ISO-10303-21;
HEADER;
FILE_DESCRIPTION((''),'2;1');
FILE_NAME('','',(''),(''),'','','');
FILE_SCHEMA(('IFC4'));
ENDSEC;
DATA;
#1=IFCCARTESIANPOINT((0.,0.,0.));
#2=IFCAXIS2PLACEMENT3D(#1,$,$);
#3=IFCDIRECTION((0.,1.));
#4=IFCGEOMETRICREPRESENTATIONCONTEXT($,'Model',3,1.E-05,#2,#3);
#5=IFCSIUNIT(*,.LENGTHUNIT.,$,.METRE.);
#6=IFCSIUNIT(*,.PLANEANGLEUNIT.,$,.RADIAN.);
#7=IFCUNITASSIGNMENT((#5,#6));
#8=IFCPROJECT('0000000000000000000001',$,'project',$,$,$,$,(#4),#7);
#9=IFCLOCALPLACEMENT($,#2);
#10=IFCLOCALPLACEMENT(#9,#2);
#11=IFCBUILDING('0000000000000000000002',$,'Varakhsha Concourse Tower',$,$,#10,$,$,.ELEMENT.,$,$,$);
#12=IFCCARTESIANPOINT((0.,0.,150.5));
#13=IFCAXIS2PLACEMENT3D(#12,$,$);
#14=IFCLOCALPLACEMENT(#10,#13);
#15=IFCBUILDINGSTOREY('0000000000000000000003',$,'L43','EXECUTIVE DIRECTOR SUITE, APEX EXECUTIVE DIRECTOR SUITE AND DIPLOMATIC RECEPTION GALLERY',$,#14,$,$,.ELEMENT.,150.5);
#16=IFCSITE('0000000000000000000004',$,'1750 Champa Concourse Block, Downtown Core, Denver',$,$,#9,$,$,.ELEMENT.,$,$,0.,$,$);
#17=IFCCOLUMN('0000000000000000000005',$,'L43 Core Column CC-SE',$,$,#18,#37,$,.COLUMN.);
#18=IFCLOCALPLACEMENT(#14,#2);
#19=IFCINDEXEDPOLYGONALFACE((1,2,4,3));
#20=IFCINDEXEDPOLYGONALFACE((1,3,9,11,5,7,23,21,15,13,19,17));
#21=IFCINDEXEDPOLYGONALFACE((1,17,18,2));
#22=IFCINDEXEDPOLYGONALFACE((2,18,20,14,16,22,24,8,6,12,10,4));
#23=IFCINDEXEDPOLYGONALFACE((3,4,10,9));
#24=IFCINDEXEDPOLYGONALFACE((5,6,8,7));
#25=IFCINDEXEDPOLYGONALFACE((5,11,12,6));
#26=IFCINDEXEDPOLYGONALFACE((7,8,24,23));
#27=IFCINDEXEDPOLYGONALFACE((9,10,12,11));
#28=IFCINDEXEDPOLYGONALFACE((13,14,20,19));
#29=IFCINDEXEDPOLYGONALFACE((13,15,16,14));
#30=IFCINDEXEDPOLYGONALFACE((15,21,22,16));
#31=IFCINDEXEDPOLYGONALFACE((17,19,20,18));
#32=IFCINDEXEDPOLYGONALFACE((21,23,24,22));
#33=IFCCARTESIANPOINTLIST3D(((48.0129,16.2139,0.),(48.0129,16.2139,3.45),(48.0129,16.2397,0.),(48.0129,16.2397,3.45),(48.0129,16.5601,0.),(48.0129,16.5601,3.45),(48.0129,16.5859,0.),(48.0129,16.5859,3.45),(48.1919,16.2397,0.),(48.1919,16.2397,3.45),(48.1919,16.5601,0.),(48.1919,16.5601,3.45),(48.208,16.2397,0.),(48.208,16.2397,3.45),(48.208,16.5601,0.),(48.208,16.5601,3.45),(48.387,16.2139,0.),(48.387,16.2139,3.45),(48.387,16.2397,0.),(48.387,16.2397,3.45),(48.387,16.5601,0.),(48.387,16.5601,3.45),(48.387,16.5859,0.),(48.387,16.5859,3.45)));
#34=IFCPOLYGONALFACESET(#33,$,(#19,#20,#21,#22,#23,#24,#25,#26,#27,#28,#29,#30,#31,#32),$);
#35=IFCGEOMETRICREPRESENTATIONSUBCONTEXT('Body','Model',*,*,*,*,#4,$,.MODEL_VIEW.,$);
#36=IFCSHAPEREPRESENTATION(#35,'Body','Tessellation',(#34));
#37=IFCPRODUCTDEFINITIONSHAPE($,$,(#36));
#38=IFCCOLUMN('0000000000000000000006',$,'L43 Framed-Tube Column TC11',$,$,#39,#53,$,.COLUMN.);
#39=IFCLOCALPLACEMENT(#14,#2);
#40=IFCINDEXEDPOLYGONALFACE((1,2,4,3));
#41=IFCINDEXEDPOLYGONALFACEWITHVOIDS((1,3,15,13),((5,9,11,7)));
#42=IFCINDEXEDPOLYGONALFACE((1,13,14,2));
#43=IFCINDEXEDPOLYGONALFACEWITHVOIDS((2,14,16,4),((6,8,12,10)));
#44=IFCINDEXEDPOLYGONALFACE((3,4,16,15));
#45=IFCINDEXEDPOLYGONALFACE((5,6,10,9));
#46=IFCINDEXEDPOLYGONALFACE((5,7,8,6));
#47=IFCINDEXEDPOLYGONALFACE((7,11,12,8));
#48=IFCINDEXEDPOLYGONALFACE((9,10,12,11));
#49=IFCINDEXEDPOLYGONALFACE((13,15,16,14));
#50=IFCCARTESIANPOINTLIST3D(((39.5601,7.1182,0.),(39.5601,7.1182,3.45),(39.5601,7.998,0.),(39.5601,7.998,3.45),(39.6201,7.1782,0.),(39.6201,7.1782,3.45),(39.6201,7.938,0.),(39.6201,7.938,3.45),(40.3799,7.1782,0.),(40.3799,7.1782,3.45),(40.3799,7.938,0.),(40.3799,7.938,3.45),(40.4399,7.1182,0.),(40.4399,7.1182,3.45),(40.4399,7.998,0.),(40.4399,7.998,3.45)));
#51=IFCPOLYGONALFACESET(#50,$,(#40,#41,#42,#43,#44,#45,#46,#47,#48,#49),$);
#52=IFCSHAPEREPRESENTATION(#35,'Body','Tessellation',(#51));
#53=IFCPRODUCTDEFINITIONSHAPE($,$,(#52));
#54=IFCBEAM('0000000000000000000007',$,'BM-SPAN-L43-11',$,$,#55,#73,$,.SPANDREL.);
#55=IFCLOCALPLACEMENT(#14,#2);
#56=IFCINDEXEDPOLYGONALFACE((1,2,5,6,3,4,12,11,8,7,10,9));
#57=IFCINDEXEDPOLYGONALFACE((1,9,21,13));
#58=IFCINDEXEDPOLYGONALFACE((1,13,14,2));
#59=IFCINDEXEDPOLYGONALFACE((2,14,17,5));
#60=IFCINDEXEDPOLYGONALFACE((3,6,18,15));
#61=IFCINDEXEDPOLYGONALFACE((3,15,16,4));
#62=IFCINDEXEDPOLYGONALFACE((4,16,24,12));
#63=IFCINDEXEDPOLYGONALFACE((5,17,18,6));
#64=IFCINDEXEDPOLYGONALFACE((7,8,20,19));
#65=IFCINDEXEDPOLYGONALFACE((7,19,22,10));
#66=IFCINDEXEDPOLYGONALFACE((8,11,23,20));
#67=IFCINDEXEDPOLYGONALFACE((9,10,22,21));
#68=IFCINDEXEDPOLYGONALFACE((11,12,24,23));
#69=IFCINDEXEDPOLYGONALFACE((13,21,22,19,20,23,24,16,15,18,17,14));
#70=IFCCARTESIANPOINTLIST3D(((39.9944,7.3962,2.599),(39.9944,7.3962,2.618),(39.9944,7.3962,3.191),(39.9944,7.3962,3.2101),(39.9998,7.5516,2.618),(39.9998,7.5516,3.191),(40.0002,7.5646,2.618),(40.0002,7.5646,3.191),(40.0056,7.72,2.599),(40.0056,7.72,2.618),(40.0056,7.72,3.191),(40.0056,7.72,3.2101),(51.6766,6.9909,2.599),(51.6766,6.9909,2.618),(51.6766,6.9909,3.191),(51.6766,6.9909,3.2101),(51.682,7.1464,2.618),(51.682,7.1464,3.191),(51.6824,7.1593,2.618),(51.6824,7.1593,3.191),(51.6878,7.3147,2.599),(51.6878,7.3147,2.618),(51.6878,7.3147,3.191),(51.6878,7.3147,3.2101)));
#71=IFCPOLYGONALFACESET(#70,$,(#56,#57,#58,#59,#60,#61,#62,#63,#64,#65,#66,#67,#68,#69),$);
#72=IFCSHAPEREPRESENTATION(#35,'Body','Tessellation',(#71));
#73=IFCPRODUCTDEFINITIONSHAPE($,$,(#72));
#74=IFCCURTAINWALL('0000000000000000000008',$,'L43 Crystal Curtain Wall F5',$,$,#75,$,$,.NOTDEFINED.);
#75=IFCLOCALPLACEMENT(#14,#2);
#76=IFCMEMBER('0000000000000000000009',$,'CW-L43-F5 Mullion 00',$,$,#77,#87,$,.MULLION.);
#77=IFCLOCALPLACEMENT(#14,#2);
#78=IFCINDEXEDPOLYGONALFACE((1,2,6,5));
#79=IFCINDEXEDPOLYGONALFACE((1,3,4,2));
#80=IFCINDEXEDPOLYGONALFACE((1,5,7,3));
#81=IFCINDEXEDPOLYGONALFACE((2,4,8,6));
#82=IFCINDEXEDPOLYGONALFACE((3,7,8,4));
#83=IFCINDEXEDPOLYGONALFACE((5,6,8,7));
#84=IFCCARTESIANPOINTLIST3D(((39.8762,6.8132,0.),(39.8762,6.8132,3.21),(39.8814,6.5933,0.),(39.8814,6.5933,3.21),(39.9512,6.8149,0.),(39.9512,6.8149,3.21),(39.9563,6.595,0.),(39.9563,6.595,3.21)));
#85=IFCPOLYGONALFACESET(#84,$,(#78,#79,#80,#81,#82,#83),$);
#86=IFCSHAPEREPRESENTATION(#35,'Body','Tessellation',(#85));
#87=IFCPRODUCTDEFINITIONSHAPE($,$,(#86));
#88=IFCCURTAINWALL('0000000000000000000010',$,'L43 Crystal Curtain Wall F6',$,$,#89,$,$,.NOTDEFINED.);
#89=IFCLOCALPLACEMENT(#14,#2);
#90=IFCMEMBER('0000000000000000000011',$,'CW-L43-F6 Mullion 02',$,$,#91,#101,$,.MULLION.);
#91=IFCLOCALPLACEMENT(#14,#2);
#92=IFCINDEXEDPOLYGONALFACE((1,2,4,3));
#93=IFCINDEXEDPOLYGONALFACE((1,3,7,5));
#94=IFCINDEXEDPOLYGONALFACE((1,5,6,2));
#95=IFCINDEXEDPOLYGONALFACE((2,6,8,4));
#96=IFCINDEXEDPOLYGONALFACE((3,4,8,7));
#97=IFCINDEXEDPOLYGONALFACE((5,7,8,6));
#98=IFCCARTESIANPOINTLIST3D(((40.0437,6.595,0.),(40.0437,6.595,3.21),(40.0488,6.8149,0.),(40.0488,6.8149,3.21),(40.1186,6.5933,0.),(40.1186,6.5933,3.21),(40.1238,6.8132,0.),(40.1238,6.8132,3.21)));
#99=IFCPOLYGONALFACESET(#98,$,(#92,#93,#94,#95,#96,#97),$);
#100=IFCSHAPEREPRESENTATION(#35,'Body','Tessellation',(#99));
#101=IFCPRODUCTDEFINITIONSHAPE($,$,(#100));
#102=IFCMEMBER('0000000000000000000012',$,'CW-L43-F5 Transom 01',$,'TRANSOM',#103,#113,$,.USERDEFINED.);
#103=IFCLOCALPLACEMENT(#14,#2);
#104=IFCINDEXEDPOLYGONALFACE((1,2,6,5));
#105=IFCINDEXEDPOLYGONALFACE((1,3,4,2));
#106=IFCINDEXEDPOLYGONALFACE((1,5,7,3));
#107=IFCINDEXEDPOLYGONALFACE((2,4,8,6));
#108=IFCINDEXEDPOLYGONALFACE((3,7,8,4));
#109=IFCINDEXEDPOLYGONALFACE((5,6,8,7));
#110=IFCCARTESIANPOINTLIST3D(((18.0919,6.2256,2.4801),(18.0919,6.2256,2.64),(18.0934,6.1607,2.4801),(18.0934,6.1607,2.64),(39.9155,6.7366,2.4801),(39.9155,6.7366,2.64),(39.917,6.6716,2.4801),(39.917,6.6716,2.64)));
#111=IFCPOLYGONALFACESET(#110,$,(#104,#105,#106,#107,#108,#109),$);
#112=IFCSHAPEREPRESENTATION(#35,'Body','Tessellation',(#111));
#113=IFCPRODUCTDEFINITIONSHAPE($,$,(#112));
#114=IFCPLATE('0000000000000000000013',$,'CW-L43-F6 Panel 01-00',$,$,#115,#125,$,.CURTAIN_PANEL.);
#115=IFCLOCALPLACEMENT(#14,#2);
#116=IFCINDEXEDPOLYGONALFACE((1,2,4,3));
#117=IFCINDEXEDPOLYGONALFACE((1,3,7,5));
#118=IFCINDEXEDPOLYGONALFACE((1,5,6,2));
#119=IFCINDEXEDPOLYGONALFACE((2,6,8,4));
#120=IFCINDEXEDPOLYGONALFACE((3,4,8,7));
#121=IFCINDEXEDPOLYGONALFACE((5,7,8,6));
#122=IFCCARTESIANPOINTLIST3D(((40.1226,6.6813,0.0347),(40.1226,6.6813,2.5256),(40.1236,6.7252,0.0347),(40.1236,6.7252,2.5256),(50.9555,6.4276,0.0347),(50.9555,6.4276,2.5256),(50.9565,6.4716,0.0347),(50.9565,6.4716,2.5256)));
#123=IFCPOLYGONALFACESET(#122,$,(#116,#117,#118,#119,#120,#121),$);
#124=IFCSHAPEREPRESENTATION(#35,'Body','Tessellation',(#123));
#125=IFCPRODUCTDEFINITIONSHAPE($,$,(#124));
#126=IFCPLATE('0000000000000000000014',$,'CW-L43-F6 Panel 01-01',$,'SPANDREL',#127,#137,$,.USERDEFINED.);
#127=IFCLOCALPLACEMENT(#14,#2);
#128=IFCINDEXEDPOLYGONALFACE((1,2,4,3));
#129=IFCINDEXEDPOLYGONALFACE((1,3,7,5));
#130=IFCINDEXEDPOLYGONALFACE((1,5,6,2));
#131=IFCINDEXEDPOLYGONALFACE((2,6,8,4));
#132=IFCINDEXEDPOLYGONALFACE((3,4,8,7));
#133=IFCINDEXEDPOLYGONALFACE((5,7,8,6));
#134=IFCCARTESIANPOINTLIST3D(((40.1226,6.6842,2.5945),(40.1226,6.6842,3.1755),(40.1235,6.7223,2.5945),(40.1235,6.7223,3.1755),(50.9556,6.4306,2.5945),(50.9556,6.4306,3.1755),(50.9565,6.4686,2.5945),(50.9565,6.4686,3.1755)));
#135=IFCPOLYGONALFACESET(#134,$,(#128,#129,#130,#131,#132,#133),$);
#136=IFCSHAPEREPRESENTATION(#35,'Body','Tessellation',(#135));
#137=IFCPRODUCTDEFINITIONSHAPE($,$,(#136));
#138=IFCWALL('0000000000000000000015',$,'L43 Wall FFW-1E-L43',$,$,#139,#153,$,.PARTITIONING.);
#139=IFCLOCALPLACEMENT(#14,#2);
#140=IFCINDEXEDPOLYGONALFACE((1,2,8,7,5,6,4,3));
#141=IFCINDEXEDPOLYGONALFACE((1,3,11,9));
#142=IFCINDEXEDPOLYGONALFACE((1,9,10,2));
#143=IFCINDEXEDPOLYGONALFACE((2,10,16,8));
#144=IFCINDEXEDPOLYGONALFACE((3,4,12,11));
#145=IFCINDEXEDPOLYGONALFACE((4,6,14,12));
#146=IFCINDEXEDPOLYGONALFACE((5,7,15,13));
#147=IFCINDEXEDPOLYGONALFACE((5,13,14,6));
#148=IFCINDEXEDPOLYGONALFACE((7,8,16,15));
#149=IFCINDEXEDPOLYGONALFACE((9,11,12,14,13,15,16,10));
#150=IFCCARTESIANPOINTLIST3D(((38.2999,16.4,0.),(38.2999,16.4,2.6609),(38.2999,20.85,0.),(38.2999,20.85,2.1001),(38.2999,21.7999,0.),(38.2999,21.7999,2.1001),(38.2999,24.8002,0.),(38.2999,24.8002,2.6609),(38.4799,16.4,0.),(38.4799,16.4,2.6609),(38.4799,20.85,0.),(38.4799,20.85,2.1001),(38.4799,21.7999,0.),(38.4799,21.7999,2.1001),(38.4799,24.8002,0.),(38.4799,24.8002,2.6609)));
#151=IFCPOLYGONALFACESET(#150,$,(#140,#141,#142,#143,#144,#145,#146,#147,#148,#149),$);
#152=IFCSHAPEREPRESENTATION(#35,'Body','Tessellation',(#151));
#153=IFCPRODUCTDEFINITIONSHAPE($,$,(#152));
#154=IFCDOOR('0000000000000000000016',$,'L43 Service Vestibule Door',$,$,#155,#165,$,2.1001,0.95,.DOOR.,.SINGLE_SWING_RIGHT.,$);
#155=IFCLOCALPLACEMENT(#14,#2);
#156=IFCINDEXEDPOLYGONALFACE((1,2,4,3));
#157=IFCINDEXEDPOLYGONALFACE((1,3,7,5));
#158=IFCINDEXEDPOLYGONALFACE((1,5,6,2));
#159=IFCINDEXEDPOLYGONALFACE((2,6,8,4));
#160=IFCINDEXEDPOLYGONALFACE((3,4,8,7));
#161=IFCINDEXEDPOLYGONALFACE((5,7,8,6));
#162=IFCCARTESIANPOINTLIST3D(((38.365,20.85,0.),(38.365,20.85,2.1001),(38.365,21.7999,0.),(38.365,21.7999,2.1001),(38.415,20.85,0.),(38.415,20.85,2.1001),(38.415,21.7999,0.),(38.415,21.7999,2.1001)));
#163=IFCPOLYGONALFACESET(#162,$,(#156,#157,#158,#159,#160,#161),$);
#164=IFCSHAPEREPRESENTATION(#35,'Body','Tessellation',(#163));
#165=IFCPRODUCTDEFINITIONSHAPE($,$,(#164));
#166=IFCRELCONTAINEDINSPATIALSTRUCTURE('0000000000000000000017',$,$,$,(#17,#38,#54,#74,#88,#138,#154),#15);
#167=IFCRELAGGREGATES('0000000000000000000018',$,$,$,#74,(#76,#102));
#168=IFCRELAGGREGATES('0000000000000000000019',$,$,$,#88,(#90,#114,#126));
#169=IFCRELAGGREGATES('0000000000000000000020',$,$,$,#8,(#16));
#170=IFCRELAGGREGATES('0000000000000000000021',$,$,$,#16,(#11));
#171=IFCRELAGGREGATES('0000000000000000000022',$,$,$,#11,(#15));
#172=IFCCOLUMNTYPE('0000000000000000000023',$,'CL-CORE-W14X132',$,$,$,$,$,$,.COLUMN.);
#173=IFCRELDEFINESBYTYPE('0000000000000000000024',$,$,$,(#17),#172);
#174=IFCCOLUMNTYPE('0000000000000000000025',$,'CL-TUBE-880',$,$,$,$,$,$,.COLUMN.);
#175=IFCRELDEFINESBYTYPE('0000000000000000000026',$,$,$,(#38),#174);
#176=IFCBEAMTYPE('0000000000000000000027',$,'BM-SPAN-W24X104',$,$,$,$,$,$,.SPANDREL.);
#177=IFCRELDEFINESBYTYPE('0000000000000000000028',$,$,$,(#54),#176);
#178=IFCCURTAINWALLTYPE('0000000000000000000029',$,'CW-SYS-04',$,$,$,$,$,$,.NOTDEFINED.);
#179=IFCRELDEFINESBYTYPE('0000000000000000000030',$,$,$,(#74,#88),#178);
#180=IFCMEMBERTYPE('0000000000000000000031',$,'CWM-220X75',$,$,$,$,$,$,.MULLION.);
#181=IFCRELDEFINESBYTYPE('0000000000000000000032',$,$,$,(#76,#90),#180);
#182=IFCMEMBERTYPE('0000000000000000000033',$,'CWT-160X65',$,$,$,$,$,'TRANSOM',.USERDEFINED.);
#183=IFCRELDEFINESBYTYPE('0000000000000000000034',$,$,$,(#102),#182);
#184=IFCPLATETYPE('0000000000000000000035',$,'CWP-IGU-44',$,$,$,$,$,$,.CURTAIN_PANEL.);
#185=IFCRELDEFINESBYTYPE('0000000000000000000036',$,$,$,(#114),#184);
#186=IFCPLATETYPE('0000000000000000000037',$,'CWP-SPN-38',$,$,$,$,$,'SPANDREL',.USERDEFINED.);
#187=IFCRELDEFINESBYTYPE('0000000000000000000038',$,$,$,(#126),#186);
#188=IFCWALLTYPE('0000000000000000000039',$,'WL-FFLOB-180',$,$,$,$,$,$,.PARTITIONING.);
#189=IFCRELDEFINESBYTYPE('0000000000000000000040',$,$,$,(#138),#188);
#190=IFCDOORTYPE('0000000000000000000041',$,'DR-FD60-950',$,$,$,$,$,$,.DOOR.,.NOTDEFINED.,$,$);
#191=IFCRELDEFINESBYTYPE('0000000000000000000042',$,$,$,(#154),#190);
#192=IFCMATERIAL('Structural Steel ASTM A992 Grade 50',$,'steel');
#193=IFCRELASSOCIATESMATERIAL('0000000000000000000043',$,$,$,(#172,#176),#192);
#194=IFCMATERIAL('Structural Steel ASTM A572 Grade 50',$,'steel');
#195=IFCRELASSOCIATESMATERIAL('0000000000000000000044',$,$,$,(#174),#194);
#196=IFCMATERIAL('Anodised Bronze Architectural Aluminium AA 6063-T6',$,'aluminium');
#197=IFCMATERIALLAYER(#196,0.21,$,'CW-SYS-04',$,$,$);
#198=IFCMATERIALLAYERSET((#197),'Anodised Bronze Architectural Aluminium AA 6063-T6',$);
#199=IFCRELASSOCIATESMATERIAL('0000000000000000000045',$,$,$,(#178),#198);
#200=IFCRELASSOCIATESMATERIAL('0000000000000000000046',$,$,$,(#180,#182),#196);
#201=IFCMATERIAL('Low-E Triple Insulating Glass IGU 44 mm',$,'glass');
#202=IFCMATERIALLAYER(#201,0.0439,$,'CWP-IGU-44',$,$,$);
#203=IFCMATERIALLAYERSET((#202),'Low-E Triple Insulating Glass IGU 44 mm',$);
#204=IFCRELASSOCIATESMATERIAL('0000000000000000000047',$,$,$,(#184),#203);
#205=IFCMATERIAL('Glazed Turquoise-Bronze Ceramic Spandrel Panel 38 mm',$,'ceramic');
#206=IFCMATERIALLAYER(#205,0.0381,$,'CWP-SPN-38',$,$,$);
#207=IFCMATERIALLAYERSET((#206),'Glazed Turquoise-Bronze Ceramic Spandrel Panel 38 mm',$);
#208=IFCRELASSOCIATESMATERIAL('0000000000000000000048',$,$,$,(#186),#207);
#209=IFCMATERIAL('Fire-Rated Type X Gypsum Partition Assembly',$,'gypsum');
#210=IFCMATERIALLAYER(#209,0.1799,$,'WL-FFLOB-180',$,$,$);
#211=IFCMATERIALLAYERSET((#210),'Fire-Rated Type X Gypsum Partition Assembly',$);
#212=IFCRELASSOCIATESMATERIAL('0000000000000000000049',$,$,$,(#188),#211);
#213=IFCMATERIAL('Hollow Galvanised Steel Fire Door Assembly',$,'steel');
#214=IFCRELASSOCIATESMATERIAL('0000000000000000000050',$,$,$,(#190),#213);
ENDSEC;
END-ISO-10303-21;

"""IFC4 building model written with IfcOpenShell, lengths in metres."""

from ifc_helpers import new_model, si_unit, direction, frame, frame_2d, origin, origin_2d, place, context, subcontext, project, spatial, rectangle, hollow_rectangle, i_section, extrude, source, transform, mapped, material, layer, layer_set, material_profile, profile_set, type_object, type_shapes, element, fill, aggregate, save


model = new_model("IFC4")

# Units and contexts
model_context = context("Model", 3, precision=1e-05, world=origin(), true_north=direction((0.0, 1.0)))
body_context = subcontext(model_context, "Body", "Model", "MODEL_VIEW")
ifc_project = project(units=[si_unit("LENGTHUNIT", "METRE"), si_unit("PLANEANGLEUNIT", "RADIAN")], contexts=[model_context])

# Site, building, storey
site_placement = place(None, origin())
site = spatial("IfcSite", under=ifc_project, at=site_placement, Name="1750 Champa Concourse Block, Downtown Core, Denver", CompositionType="ELEMENT", RefElevation=0.0)
building_placement = place(site_placement, origin())
building = spatial("IfcBuilding", under=site, at=building_placement, Name="Varakhsha Concourse Tower", CompositionType="ELEMENT")
storey_placement = place(building_placement, frame((0.0, 0.0, 150.5)))
storey = spatial("IfcBuildingStorey", under=building, at=storey_placement, Name="L43", Description="EXECUTIVE DIRECTOR SUITE, APEX EXECUTIVE DIRECTOR SUITE AND DIPLOMATIC RECEPTION GALLERY", CompositionType="ELEMENT", Elevation=150.5)

# Columns
ifc_material_1 = material(Name="Structural Steel ASTM A992 Grade 50", Category="steel")
ifc_material_profile_1 = material_profile(ifc_material_1, i_section(OverallWidth=0.374, OverallDepth=0.3721, WebThickness=0.0161, FlangeThickness=0.0259, at=origin_2d()), Name="W14X132")
ifc_profile_set_1 = profile_set([ifc_material_profile_1], Name="Structural Steel ASTM A992 Grade 50")
column_type_1 = type_object("IfcColumnType", Name="CL-CORE-W14X132", PredefinedType="COLUMN", material=ifc_profile_set_1)
column_1_placement = place(storey_placement, frame((48.2, 16.3999, 0.0), z_axis=(0.0, 0.0, 1.0), x_axis=(1.0, 0.0, 0.0)))
element("IfcColumn", 1, at=column_1_placement, inside=storey, type_object=column_type_1, Name="L43 Core Column CC-SE", PredefinedType="COLUMN", context=body_context, shape_type="SweptSolid", body=[
    extrude(i_section(OverallWidth=0.374, OverallDepth=0.3721, WebThickness=0.0161, FlangeThickness=0.0259, at=origin_2d()), origin(), (0.0, 0.0, 1.0), 3.45),
])
ifc_material_2 = material(Name="Structural Steel ASTM A572 Grade 50", Category="steel")
ifc_material_profile_2 = material_profile(ifc_material_2, hollow_rectangle(XDim=0.8799, YDim=0.8799, WallThickness=0.0601, at=origin_2d()), Name="BOX 880x880x60")
ifc_profile_set_2 = profile_set([ifc_material_profile_2], Name="Structural Steel ASTM A572 Grade 50")
column_type_2 = type_object("IfcColumnType", Name="CL-TUBE-880", PredefinedType="COLUMN", material=ifc_profile_set_2)
column_2_placement = place(storey_placement, frame((40.0, 7.5581, 0.0), z_axis=(0.0, 0.0, 1.0), x_axis=(1.0, 0.0, 0.0)))
element("IfcColumn", 2, at=column_2_placement, inside=storey, type_object=column_type_2, Name="L43 Framed-Tube Column TC11", PredefinedType="COLUMN", context=body_context, shape_type="SweptSolid", body=[
    extrude(hollow_rectangle(XDim=0.8799, YDim=0.8799, WallThickness=0.0601, at=origin_2d()), origin(), (0.0, 0.0, 1.0), 3.45),
])

# Beam
ifc_material_profile_3 = material_profile(ifc_material_1, i_section(OverallWidth=0.324, OverallDepth=0.6111, WebThickness=0.0129, FlangeThickness=0.019, at=origin_2d()), Name="W24X104")
ifc_profile_set_3 = profile_set([ifc_material_profile_3], Name="Structural Steel ASTM A992 Grade 50")
beam_type = type_object("IfcBeamType", Name="BM-SPAN-W24X104", PredefinedType="SPANDREL", material=ifc_profile_set_3)
beam_placement = place(storey_placement, frame((40.0, 7.5581, 2.9045), z_axis=(0.999399, -0.034671, 0.0), x_axis=(0.034671, 0.999399, 0.0)))
element("IfcBeam", 3, at=beam_placement, inside=storey, type_object=beam_type, Name="BM-SPAN-L43-11", PredefinedType="SPANDREL", context=body_context, shape_type="SweptSolid", body=[
    extrude(i_section(OverallWidth=0.324, OverallDepth=0.6111, WebThickness=0.0129, FlangeThickness=0.019, at=origin_2d()), origin(), (0.0, 0.0, 1.0), 11.6892),
])

# Curtain walls, members
ifc_material_3 = material(Name="Anodised Bronze Architectural Aluminium AA 6063-T6", Category="aluminium")
ifc_layer_1 = layer(ifc_material_3, 0.21, Name="CW-SYS-04")
ifc_layer_set_1 = layer_set([ifc_layer_1], Name="Anodised Bronze Architectural Aluminium AA 6063-T6")
curtain_wall_type = type_object("IfcCurtainWallType", Name="CW-SYS-04", PredefinedType="NOTDEFINED", material=ifc_layer_set_1)
curtain_wall_1_placement = place(storey_placement, origin())
curtain_wall_1 = element("IfcCurtainWall", 4, at=curtain_wall_1_placement, inside=storey, type_object=curtain_wall_type, Name="L43 Crystal Curtain Wall F5", PredefinedType="NOTDEFINED")
ifc_material_profile_4 = material_profile(ifc_material_3, rectangle(XDim=0.075, YDim=0.22, at=origin_2d()), Name="CWM-220X75")
ifc_profile_set_4 = profile_set([ifc_material_profile_4], Name="Anodised Bronze Architectural Aluminium AA 6063-T6")
member_type_1 = type_object("IfcMemberType", Name="CWM-220X75", PredefinedType="MULLION", material=ifc_profile_set_4)
shared_shape_1 = source(origin(), body_context, "Body", "SweptSolid", [
    extrude(rectangle(XDim=0.075, YDim=0.22, at=origin_2d()), origin(), (0.0, 0.0, 1.0), 3.21),
])
type_shapes(member_type_1, [shared_shape_1])
member_1_placement = place(storey_placement, frame((39.9163, 6.7041, 0.0), z_axis=(0.0, 0.0, 1.0), x_axis=(-0.999726, -0.023404, 0.0)))
member_1 = element("IfcMember", 5, at=member_1_placement, type_object=member_type_1, Name="CW-L43-F5 Mullion 00", PredefinedType="MULLION", context=body_context, shape_type="MappedRepresentation", body=[
    mapped(shared_shape_1, transform((0.0, 0.0, 0.0), scale=1.0)),
])
curtain_wall_2_placement = place(storey_placement, origin())
curtain_wall_2 = element("IfcCurtainWall", 6, at=curtain_wall_2_placement, inside=storey, type_object=curtain_wall_type, Name="L43 Crystal Curtain Wall F6", PredefinedType="NOTDEFINED")
member_2_placement = place(storey_placement, frame((40.0837, 6.7041, 0.0), z_axis=(0.0, 0.0, 1.0), x_axis=(-0.999726, 0.023404, 0.0)))
member_2 = element("IfcMember", 7, at=member_2_placement, type_object=member_type_1, Name="CW-L43-F6 Mullion 02", PredefinedType="MULLION", context=body_context, shape_type="MappedRepresentation", body=[
    mapped(shared_shape_1, transform((0.0, 0.0, 0.0), scale=1.0)),
])

# Member
ifc_material_profile_5 = material_profile(ifc_material_3, rectangle(XDim=0.0649, YDim=0.1599, at=origin_2d()), Name="CWT-160X65")
ifc_profile_set_5 = profile_set([ifc_material_profile_5], Name="Anodised Bronze Architectural Aluminium AA 6063-T6")
member_type_2 = type_object("IfcMemberType", Name="CWT-160X65", ElementType="TRANSOM", PredefinedType="USERDEFINED", material=ifc_profile_set_5)
shared_shape_2 = source(origin(), body_context, "Body", "SweptSolid", [
    extrude(rectangle(XDim=0.0649, YDim=0.1599, at=origin_2d()), origin(), (0.0, 0.0, 1.0), 21.8296),
])
type_shapes(member_type_2, [shared_shape_2])
member_3_placement = place(storey_placement, frame((39.9163, 6.7041, 2.5601), z_axis=(-0.999726, -0.023408, 0.0), x_axis=(0.023408, -0.999726, 0.0)))
member_3 = element("IfcMember", 8, at=member_3_placement, type_object=member_type_2, Name="CW-L43-F5 Transom 01", ObjectType="TRANSOM", PredefinedType="USERDEFINED", context=body_context, shape_type="MappedRepresentation", body=[
    mapped(shared_shape_2, transform((0.0, 0.0, 0.0), scale=1.0)),
])
aggregate(curtain_wall_1, [member_1, member_3])

# Plates
ifc_material_4 = material(Name="Low-E Triple Insulating Glass IGU 44 mm", Category="glass")
ifc_layer_2 = layer(ifc_material_4, 0.0439, Name="CWP-IGU-44")
ifc_layer_set_2 = layer_set([ifc_layer_2], Name="Low-E Triple Insulating Glass IGU 44 mm")
plate_type_1 = type_object("IfcPlateType", Name="CWP-IGU-44", PredefinedType="CURTAIN_PANEL", material=ifc_layer_set_2)
shared_shape_3 = source(origin(), body_context, "Body", "SweptSolid", [
    extrude(rectangle(XDim=10.8359, YDim=0.0439, at=origin_2d()), origin(), (0.0, 0.0, 1.0), 2.491),
])
type_shapes(plate_type_1, [shared_shape_3])
plate_1_placement = place(storey_placement, frame((45.5396, 6.5764, 0.0347), z_axis=(0.0, 0.0, 1.0), x_axis=(-0.999726, 0.023404, 0.0)))
plate_1 = element("IfcPlate", 9, at=plate_1_placement, type_object=plate_type_1, Name="CW-L43-F6 Panel 01-00", PredefinedType="CURTAIN_PANEL", context=body_context, shape_type="MappedRepresentation", body=[
    mapped(shared_shape_3, transform((0.0, 0.0, 0.0), scale=1.0)),
])
ifc_material_5 = material(Name="Glazed Turquoise-Bronze Ceramic Spandrel Panel 38 mm", Category="ceramic")
ifc_layer_3 = layer(ifc_material_5, 0.0381, Name="CWP-SPN-38")
ifc_layer_set_3 = layer_set([ifc_layer_3], Name="Glazed Turquoise-Bronze Ceramic Spandrel Panel 38 mm")
plate_type_2 = type_object("IfcPlateType", Name="CWP-SPN-38", ElementType="SPANDREL", PredefinedType="USERDEFINED", material=ifc_layer_set_3)
shared_shape_4 = source(origin(), body_context, "Body", "SweptSolid", [
    extrude(rectangle(XDim=10.8359, YDim=0.0381, at=origin_2d()), origin(), (0.0, 0.0, 1.0), 0.5811),
])
type_shapes(plate_type_2, [shared_shape_4])
plate_2_placement = place(storey_placement, frame((45.5396, 6.5764, 2.5945), z_axis=(0.0, 0.0, 1.0), x_axis=(-0.999726, 0.023404, 0.0)))
plate_2 = element("IfcPlate", 10, at=plate_2_placement, type_object=plate_type_2, Name="CW-L43-F6 Panel 01-01", ObjectType="SPANDREL", PredefinedType="USERDEFINED", context=body_context, shape_type="MappedRepresentation", body=[
    mapped(shared_shape_4, transform((0.0, 0.0, 0.0), scale=1.0)),
])
aggregate(curtain_wall_2, [member_2, plate_1, plate_2])

# Wall, opening, door
ifc_material_6 = material(Name="Fire-Rated Type X Gypsum Partition Assembly", Category="gypsum")
ifc_layer_4 = layer(ifc_material_6, 0.1799, Name="WL-FFLOB-180")
ifc_layer_set_4 = layer_set([ifc_layer_4], Name="Fire-Rated Type X Gypsum Partition Assembly")
wall_type_1 = type_object("IfcWallType", Name="WL-FFLOB-180", PredefinedType="PARTITIONING", material=ifc_layer_set_4)
wall_1_placement = place(storey_placement, frame((38.3899, 16.3999, 0.0), z_axis=(0.0, 0.0, 1.0), x_axis=(0.0, 1.0, 0.0)))
wall_1 = element("IfcWall", 11, at=wall_1_placement, inside=storey, type_object=wall_type_1, Name="L43 Wall FFW-1E-L43", PredefinedType="PARTITIONING", context=body_context, shape_type="SweptSolid", body=[
    extrude(rectangle(XDim=8.4001, YDim=0.1799, at=frame_2d((4.2002, 0.0))), origin(), (0.0, 0.0, 1.0), 2.6609),
])
opening_1_placement = place(wall_1_placement, frame((4.45, 0.0, 0.0)))
opening_1 = element("IfcOpeningElement", 12, at=opening_1_placement, cuts=wall_1, PredefinedType="OPENING", context=body_context, shape_type="SweptSolid", body=[
    extrude(rectangle(XDim=0.95, YDim=2.1001, at=frame_2d((0.4751, 1.05))), frame((0.0, 0.0999, 0.0), z_axis=(0.0, -1.0, 0.0), x_axis=(1.0, 0.0, 0.0)), (0.0, 0.0, 1.0), 0.2),
])
ifc_material_7 = material(Name="Hollow Galvanised Steel Fire Door Assembly", Category="steel")
door_type_1 = type_object("IfcDoorType", Name="DR-FD60-950", OperationType="NOTDEFINED", PredefinedType="DOOR", material=ifc_material_7)
door_1_placement = place(opening_1_placement, origin())
door_1 = element("IfcDoor", 13, at=door_1_placement, inside=storey, type_object=door_type_1, Name="L43 Service Vestibule Door", OperationType="SINGLE_SWING_RIGHT", OverallHeight=2.1001, OverallWidth=0.95, PredefinedType="DOOR", context=body_context, shape_type="SweptSolid", body=[
    extrude(rectangle(XDim=0.95, YDim=2.1001, at=frame_2d((0.4751, 1.05))), frame((0.0, 0.0249, 0.0), z_axis=(0.0, -1.0, 0.0), x_axis=(1.0, 0.0, 0.0)), (0.0, 0.0, 1.0), 0.05),
])
fill(opening_1, door_1)

save(model, "model.ifc")
